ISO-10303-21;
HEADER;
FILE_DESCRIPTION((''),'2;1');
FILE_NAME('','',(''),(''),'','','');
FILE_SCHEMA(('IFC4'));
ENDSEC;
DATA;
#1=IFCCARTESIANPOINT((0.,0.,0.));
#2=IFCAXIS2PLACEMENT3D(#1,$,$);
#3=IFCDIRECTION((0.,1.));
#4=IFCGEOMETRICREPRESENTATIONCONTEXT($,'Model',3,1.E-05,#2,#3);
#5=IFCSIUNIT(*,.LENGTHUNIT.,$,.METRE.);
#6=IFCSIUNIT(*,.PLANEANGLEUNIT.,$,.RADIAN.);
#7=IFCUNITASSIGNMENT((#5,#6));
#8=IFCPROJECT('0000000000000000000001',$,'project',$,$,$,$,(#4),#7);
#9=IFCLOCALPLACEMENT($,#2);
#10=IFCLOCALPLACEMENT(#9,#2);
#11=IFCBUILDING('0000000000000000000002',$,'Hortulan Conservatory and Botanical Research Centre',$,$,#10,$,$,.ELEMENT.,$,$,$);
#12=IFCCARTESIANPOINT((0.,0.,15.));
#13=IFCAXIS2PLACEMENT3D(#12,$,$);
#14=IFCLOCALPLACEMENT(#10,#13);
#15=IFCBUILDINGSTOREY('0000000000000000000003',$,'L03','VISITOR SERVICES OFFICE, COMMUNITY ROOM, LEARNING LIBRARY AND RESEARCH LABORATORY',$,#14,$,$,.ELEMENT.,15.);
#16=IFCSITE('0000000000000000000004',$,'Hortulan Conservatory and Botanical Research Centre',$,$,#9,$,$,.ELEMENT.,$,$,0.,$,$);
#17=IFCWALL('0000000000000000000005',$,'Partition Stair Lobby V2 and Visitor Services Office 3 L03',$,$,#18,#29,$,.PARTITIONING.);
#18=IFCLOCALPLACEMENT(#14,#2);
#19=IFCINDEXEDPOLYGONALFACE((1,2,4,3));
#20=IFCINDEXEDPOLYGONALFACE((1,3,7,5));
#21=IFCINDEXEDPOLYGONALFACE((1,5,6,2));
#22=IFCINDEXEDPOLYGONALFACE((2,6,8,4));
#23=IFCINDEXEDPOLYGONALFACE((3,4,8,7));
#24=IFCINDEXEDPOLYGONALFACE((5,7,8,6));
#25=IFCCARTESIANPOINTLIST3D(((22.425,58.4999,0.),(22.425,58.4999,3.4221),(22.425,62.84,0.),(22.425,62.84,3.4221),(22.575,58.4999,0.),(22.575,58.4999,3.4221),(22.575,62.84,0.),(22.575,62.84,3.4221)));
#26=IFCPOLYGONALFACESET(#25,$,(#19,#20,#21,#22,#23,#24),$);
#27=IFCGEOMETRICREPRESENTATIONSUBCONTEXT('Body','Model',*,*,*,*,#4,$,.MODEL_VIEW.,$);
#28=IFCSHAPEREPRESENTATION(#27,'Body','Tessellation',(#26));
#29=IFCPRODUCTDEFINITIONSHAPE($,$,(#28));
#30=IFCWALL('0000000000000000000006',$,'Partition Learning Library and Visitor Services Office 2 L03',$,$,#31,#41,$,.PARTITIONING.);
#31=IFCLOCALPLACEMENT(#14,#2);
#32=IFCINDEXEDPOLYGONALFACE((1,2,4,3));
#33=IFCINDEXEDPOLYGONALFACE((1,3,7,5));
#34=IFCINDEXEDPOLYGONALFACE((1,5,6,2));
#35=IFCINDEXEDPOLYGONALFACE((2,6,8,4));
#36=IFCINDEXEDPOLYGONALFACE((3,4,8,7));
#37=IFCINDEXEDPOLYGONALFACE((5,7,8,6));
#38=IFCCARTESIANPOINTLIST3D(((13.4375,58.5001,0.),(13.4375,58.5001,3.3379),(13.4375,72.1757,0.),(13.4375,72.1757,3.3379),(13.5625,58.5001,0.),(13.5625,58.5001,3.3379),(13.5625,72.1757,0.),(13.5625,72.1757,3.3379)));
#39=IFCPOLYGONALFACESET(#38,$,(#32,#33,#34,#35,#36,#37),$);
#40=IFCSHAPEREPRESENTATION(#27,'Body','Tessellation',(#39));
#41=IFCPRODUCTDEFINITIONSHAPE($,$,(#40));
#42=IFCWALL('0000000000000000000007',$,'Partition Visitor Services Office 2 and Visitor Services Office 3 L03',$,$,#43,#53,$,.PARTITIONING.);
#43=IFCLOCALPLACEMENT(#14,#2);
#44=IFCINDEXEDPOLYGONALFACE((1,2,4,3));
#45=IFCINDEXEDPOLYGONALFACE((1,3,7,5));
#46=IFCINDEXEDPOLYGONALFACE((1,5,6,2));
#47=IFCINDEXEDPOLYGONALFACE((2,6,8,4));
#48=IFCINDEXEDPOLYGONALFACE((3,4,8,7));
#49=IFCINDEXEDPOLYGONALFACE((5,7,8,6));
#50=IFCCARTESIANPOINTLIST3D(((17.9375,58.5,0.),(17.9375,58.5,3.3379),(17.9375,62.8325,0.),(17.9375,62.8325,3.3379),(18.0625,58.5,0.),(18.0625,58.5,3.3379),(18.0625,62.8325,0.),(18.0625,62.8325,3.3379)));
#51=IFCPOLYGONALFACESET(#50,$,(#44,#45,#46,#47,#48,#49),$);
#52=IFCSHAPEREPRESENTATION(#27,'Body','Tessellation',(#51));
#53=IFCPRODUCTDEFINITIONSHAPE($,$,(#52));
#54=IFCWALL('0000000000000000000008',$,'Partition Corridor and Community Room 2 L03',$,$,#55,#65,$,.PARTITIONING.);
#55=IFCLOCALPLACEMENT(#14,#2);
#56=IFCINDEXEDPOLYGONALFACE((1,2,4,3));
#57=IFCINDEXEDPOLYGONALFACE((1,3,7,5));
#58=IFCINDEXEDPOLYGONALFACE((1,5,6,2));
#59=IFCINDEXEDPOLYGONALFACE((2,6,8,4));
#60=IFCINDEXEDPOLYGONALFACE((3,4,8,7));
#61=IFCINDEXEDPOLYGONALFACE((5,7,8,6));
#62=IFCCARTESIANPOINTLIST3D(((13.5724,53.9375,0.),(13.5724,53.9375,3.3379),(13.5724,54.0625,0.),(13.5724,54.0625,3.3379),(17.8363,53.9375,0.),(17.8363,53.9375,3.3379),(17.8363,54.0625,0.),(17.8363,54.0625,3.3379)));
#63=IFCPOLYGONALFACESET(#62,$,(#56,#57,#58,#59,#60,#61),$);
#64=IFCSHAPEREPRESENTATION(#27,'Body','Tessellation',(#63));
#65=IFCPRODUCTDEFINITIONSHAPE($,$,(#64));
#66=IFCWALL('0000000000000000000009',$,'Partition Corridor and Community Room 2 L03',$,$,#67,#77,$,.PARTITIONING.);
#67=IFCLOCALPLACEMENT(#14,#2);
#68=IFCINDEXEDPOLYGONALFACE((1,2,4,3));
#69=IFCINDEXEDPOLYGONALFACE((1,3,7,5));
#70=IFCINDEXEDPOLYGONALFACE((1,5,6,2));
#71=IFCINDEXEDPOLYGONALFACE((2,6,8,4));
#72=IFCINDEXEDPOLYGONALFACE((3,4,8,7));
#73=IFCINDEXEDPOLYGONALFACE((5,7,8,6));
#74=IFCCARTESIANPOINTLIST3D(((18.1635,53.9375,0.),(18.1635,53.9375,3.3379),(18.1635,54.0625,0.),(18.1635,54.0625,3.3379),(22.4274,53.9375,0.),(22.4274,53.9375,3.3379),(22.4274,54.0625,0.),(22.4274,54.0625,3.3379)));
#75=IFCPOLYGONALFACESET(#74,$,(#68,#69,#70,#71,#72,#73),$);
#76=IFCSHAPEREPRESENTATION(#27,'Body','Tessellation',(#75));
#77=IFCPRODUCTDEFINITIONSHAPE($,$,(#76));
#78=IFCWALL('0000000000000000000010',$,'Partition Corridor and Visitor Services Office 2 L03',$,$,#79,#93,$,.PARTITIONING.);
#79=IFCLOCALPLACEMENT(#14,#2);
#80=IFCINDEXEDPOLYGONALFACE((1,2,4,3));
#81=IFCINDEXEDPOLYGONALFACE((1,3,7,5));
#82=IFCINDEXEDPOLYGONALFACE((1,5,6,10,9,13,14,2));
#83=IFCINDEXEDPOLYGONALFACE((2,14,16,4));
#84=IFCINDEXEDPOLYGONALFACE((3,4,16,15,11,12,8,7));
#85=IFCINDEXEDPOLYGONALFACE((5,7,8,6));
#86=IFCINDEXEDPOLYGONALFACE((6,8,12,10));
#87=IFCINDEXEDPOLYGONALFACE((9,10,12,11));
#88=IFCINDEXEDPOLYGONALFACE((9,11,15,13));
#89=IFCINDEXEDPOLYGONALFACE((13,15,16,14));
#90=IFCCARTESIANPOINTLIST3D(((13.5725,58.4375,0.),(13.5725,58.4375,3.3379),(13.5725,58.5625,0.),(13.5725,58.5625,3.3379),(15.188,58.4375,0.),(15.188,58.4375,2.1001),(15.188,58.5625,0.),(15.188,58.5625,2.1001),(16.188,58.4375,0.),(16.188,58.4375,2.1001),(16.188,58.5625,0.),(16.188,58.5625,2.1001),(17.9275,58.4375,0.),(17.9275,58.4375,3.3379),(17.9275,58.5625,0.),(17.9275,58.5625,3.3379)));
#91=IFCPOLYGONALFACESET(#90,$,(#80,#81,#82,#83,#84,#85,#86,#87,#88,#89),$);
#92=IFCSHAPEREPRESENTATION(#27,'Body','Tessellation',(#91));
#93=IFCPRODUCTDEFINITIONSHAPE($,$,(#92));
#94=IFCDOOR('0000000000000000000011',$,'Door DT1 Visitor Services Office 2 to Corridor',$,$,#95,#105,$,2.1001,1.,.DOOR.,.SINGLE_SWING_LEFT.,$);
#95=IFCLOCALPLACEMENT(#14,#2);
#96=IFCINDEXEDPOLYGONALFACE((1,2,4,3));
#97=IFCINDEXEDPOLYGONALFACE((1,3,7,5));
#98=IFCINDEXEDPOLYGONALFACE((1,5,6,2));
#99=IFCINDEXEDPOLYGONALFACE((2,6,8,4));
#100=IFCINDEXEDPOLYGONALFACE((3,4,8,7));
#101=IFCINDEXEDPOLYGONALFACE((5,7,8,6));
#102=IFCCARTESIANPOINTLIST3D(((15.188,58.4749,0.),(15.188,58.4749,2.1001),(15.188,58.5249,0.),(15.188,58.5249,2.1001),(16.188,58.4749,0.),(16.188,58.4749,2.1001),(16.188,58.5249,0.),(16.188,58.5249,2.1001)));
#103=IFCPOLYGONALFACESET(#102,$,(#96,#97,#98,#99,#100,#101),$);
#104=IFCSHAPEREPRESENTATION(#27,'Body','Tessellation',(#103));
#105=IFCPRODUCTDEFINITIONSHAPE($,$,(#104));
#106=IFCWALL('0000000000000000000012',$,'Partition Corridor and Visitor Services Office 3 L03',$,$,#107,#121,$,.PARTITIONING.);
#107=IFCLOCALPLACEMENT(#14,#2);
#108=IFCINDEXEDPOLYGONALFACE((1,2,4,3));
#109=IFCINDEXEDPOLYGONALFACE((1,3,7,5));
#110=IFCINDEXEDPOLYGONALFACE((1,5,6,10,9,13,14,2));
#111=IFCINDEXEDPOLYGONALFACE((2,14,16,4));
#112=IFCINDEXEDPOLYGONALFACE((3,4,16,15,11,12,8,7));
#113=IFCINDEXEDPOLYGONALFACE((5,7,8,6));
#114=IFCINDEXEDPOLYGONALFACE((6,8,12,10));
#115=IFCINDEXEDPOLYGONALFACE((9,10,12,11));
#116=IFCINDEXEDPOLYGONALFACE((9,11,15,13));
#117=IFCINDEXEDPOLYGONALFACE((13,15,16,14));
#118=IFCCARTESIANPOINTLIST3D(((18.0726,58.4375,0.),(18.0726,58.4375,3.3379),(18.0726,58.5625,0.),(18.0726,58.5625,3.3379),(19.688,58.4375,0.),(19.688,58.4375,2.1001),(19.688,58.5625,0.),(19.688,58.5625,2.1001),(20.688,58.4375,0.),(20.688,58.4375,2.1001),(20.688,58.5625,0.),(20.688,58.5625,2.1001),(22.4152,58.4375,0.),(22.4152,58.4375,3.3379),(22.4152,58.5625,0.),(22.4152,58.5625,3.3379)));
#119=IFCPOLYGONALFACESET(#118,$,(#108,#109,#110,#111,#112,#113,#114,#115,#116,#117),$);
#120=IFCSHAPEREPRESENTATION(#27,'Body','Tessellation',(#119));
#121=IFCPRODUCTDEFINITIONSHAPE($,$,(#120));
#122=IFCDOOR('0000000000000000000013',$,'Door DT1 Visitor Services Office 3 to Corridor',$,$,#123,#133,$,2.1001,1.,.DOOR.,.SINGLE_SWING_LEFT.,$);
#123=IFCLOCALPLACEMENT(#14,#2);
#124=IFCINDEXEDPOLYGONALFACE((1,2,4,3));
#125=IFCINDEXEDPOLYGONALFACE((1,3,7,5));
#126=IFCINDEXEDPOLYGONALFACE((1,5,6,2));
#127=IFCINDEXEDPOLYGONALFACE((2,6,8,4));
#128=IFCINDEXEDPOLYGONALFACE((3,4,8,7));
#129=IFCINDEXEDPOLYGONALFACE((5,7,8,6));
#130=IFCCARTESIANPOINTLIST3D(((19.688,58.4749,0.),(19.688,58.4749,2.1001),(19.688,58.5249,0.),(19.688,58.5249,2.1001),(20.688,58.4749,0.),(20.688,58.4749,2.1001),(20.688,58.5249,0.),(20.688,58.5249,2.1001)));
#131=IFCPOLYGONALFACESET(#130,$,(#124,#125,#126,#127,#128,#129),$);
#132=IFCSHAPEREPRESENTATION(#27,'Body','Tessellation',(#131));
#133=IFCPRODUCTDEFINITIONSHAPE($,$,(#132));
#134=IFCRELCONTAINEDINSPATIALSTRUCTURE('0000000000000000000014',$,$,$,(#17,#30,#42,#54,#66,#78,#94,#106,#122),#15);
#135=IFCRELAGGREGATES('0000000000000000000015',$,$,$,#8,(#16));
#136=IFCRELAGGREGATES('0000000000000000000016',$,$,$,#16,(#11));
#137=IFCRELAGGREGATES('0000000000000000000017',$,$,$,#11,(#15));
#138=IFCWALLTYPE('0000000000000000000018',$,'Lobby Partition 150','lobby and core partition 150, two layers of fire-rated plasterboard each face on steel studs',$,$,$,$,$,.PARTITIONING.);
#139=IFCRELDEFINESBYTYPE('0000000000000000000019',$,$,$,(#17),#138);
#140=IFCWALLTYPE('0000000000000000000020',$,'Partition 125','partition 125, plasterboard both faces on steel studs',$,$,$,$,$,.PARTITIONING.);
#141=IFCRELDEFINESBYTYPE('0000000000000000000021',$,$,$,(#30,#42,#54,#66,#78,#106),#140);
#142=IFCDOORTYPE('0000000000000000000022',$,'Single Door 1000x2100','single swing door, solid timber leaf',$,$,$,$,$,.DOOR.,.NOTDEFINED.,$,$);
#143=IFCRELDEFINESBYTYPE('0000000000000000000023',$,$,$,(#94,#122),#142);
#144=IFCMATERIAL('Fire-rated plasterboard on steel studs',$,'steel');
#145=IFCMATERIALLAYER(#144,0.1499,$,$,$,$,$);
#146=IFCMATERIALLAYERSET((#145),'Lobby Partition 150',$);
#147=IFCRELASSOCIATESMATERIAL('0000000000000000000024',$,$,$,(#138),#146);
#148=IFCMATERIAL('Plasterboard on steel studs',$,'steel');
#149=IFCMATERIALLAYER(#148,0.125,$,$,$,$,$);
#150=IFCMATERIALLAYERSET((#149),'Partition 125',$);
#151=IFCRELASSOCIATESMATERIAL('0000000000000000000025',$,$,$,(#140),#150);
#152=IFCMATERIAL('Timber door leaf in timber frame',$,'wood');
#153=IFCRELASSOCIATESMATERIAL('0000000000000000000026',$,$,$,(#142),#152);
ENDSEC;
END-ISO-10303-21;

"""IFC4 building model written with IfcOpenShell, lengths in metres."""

from ifc_helpers import new_model, si_unit, direction, frame, frame_2d, origin, place, context, subcontext, project, spatial, rectangle, extrude, material, layer, layer_set, type_object, element, fill, save


model = new_model("IFC4")

# Units and contexts
model_context = context("Model", 3, precision=1e-05, world=origin(), true_north=direction((0.0, 1.0)))
body_context = subcontext(model_context, "Body", "Model", "MODEL_VIEW")
ifc_project = project(units=[si_unit("LENGTHUNIT", "METRE"), si_unit("PLANEANGLEUNIT", "RADIAN")], contexts=[model_context])

# Site, building, storey
site_placement = place(None, origin())
site = spatial("IfcSite", under=ifc_project, at=site_placement, Name="Hortulan Conservatory and Botanical Research Centre", CompositionType="ELEMENT", RefElevation=0.0)
building_placement = place(site_placement, origin())
building = spatial("IfcBuilding", under=site, at=building_placement, Name="Hortulan Conservatory and Botanical Research Centre", CompositionType="ELEMENT")
storey_placement = place(building_placement, frame((0.0, 0.0, 15.0)))
storey = spatial("IfcBuildingStorey", under=building, at=storey_placement, Name="L03", Description="VISITOR SERVICES OFFICE, COMMUNITY ROOM, LEARNING LIBRARY AND RESEARCH LABORATORY", CompositionType="ELEMENT", Elevation=15.0)

# Walls
ifc_material_1 = material(Name="Fire-rated plasterboard on steel studs", Category="steel")
ifc_layer_1 = layer(ifc_material_1, 0.1499)
ifc_layer_set_1 = layer_set([ifc_layer_1], Name="Lobby Partition 150")
wall_type_1 = type_object("IfcWallType", Name="Lobby Partition 150", Description="lobby and core partition 150, two layers of fire-rated plasterboard each face on steel studs", PredefinedType="PARTITIONING", material=ifc_layer_set_1)
wall_1_placement = place(storey_placement, frame((22.5, 58.5, 0.0), z_axis=(0.0, 0.0, 1.0), x_axis=(0.0, 1.0, 0.0)))
element("IfcWall", 1, at=wall_1_placement, inside=storey, type_object=wall_type_1, Name="Partition Stair Lobby V2 and Visitor Services Office 3 L03", PredefinedType="PARTITIONING", context=body_context, shape_type="SweptSolid", body=[
    extrude(rectangle(XDim=4.3401, YDim=0.1499, at=frame_2d((2.1699, 0.0))), origin(), (0.0, 0.0, 1.0), 3.4221),
])
ifc_material_2 = material(Name="Plasterboard on steel studs", Category="steel")
ifc_layer_2 = layer(ifc_material_2, 0.125)
ifc_layer_set_2 = layer_set([ifc_layer_2], Name="Partition 125")
wall_type_2 = type_object("IfcWallType", Name="Partition 125", Description="partition 125, plasterboard both faces on steel studs", PredefinedType="PARTITIONING", material=ifc_layer_set_2)
wall_2_placement = place(storey_placement, frame((13.5, 58.5, 0.0), z_axis=(0.0, 0.0, 1.0), x_axis=(0.0, 1.0, 0.0)))
element("IfcWall", 2, at=wall_2_placement, inside=storey, type_object=wall_type_2, Name="Partition Learning Library and Visitor Services Office 2 L03", PredefinedType="PARTITIONING", context=body_context, shape_type="SweptSolid", body=[
    extrude(rectangle(XDim=13.6755, YDim=0.125, at=frame_2d((6.8379, 0.0))), origin(), (0.0, 0.0, 1.0), 3.3379),
])
wall_3_placement = place(storey_placement, frame((18.0, 58.5, 0.0), z_axis=(0.0, 0.0, 1.0), x_axis=(0.0, 1.0, 0.0)))
element("IfcWall", 3, at=wall_3_placement, inside=storey, type_object=wall_type_2, Name="Partition Visitor Services Office 2 and Visitor Services Office 3 L03", PredefinedType="PARTITIONING", context=body_context, shape_type="SweptSolid", body=[
    extrude(rectangle(XDim=4.3325, YDim=0.125, at=frame_2d((2.1663, 0.0))), origin(), (0.0, 0.0, 1.0), 3.3379),
])
for number, where, z_axis, x_axis, name in (
    (4, (13.5725, 54.0, 0.0), (0.0, 0.0, 1.0), (1.0, 0.0, 0.0), "Partition Corridor and Community Room 2 L03"),
    (5, (18.1636, 54.0, 0.0), (0.0, 0.0, 1.0), (1.0, 0.0, 0.0), "Partition Corridor and Community Room 2 L03"),
):
    element("IfcWall", number, at=place(storey_placement, frame(where, z_axis=z_axis, x_axis=x_axis)), inside=storey, type_object=wall_type_2, Name=name, PredefinedType="PARTITIONING", context=body_context, shape_type="SweptSolid", body=[
        extrude(rectangle(XDim=4.2639, YDim=0.125, at=frame_2d((2.1318, 0.0))), origin(), (0.0, 0.0, 1.0), 3.3379),
    ])

# Walls, openings, doors
wall_4_placement = place(storey_placement, frame((13.5725, 58.5, 0.0), z_axis=(0.0, 0.0, 1.0), x_axis=(1.0, 0.0, 0.0)))
wall_4 = element("IfcWall", 6, at=wall_4_placement, inside=storey, type_object=wall_type_2, Name="Partition Corridor and Visitor Services Office 2 L03", PredefinedType="PARTITIONING", context=body_context, shape_type="SweptSolid", body=[
    extrude(rectangle(XDim=4.355, YDim=0.125, at=frame_2d((2.1775, 0.0))), origin(), (0.0, 0.0, 1.0), 3.3379),
])
opening_1_placement = place(wall_4_placement, frame((1.6155, 0.0, 0.0)))
opening_1 = element("IfcOpeningElement", 7, at=opening_1_placement, cuts=wall_4, PredefinedType="OPENING", context=body_context, shape_type="SweptSolid", body=[
    extrude(rectangle(XDim=1.0, YDim=2.1001, at=frame_2d((0.5, 1.05))), frame((0.0, 0.0725, 0.0), z_axis=(0.0, -1.0, 0.0), x_axis=(1.0, 0.0, 0.0)), (0.0, 0.0, 1.0), 0.145),
])
ifc_material_3 = material(Name="Timber door leaf in timber frame", Category="wood")
door_type = type_object("IfcDoorType", Name="Single Door 1000x2100", Description="single swing door, solid timber leaf", OperationType="NOTDEFINED", PredefinedType="DOOR", material=ifc_material_3)
door_1_placement = place(opening_1_placement, origin())
door_1 = element("IfcDoor", 8, at=door_1_placement, inside=storey, type_object=door_type, Name="Door DT1 Visitor Services Office 2 to Corridor", OperationType="SINGLE_SWING_LEFT", OverallHeight=2.1001, OverallWidth=1.0, PredefinedType="DOOR", context=body_context, shape_type="SweptSolid", body=[
    extrude(rectangle(XDim=1.0, YDim=2.1001, at=frame_2d((0.5, 1.05))), frame((0.0, 0.0249, 0.0), z_axis=(0.0, -1.0, 0.0), x_axis=(1.0, 0.0, 0.0)), (0.0, 0.0, 1.0), 0.05),
])
fill(opening_1, door_1)
wall_5_placement = place(storey_placement, frame((18.0725, 58.5, 0.0), z_axis=(0.0, 0.0, 1.0), x_axis=(1.0, 0.0, 0.0)))
wall_5 = element("IfcWall", 9, at=wall_5_placement, inside=storey, type_object=wall_type_2, Name="Partition Corridor and Visitor Services Office 3 L03", PredefinedType="PARTITIONING", context=body_context, shape_type="SweptSolid", body=[
    extrude(rectangle(XDim=4.3425, YDim=0.125, at=frame_2d((2.1714, 0.0))), origin(), (0.0, 0.0, 1.0), 3.3379),
])
opening_2_placement = place(wall_5_placement, frame((1.6155, 0.0, 0.0)))
opening_2 = element("IfcOpeningElement", 10, at=opening_2_placement, cuts=wall_5, PredefinedType="OPENING", context=body_context, shape_type="SweptSolid", body=[
    extrude(rectangle(XDim=1.0, YDim=2.1001, at=frame_2d((0.5, 1.05))), frame((0.0, 0.0725, 0.0), z_axis=(0.0, -1.0, 0.0), x_axis=(1.0, 0.0, 0.0)), (0.0, 0.0, 1.0), 0.145),
])
door_2_placement = place(opening_2_placement, origin())
door_2 = element("IfcDoor", 11, at=door_2_placement, inside=storey, type_object=door_type, Name="Door DT1 Visitor Services Office 3 to Corridor", OperationType="SINGLE_SWING_LEFT", OverallHeight=2.1001, OverallWidth=1.0, PredefinedType="DOOR", context=body_context, shape_type="SweptSolid", body=[
    extrude(rectangle(XDim=1.0, YDim=2.1001, at=frame_2d((0.5, 1.05))), frame((0.0, 0.0249, 0.0), z_axis=(0.0, -1.0, 0.0), x_axis=(1.0, 0.0, 0.0)), (0.0, 0.0, 1.0), 0.05),
])
fill(opening_2, door_2)

save(model, "model.ifc")
